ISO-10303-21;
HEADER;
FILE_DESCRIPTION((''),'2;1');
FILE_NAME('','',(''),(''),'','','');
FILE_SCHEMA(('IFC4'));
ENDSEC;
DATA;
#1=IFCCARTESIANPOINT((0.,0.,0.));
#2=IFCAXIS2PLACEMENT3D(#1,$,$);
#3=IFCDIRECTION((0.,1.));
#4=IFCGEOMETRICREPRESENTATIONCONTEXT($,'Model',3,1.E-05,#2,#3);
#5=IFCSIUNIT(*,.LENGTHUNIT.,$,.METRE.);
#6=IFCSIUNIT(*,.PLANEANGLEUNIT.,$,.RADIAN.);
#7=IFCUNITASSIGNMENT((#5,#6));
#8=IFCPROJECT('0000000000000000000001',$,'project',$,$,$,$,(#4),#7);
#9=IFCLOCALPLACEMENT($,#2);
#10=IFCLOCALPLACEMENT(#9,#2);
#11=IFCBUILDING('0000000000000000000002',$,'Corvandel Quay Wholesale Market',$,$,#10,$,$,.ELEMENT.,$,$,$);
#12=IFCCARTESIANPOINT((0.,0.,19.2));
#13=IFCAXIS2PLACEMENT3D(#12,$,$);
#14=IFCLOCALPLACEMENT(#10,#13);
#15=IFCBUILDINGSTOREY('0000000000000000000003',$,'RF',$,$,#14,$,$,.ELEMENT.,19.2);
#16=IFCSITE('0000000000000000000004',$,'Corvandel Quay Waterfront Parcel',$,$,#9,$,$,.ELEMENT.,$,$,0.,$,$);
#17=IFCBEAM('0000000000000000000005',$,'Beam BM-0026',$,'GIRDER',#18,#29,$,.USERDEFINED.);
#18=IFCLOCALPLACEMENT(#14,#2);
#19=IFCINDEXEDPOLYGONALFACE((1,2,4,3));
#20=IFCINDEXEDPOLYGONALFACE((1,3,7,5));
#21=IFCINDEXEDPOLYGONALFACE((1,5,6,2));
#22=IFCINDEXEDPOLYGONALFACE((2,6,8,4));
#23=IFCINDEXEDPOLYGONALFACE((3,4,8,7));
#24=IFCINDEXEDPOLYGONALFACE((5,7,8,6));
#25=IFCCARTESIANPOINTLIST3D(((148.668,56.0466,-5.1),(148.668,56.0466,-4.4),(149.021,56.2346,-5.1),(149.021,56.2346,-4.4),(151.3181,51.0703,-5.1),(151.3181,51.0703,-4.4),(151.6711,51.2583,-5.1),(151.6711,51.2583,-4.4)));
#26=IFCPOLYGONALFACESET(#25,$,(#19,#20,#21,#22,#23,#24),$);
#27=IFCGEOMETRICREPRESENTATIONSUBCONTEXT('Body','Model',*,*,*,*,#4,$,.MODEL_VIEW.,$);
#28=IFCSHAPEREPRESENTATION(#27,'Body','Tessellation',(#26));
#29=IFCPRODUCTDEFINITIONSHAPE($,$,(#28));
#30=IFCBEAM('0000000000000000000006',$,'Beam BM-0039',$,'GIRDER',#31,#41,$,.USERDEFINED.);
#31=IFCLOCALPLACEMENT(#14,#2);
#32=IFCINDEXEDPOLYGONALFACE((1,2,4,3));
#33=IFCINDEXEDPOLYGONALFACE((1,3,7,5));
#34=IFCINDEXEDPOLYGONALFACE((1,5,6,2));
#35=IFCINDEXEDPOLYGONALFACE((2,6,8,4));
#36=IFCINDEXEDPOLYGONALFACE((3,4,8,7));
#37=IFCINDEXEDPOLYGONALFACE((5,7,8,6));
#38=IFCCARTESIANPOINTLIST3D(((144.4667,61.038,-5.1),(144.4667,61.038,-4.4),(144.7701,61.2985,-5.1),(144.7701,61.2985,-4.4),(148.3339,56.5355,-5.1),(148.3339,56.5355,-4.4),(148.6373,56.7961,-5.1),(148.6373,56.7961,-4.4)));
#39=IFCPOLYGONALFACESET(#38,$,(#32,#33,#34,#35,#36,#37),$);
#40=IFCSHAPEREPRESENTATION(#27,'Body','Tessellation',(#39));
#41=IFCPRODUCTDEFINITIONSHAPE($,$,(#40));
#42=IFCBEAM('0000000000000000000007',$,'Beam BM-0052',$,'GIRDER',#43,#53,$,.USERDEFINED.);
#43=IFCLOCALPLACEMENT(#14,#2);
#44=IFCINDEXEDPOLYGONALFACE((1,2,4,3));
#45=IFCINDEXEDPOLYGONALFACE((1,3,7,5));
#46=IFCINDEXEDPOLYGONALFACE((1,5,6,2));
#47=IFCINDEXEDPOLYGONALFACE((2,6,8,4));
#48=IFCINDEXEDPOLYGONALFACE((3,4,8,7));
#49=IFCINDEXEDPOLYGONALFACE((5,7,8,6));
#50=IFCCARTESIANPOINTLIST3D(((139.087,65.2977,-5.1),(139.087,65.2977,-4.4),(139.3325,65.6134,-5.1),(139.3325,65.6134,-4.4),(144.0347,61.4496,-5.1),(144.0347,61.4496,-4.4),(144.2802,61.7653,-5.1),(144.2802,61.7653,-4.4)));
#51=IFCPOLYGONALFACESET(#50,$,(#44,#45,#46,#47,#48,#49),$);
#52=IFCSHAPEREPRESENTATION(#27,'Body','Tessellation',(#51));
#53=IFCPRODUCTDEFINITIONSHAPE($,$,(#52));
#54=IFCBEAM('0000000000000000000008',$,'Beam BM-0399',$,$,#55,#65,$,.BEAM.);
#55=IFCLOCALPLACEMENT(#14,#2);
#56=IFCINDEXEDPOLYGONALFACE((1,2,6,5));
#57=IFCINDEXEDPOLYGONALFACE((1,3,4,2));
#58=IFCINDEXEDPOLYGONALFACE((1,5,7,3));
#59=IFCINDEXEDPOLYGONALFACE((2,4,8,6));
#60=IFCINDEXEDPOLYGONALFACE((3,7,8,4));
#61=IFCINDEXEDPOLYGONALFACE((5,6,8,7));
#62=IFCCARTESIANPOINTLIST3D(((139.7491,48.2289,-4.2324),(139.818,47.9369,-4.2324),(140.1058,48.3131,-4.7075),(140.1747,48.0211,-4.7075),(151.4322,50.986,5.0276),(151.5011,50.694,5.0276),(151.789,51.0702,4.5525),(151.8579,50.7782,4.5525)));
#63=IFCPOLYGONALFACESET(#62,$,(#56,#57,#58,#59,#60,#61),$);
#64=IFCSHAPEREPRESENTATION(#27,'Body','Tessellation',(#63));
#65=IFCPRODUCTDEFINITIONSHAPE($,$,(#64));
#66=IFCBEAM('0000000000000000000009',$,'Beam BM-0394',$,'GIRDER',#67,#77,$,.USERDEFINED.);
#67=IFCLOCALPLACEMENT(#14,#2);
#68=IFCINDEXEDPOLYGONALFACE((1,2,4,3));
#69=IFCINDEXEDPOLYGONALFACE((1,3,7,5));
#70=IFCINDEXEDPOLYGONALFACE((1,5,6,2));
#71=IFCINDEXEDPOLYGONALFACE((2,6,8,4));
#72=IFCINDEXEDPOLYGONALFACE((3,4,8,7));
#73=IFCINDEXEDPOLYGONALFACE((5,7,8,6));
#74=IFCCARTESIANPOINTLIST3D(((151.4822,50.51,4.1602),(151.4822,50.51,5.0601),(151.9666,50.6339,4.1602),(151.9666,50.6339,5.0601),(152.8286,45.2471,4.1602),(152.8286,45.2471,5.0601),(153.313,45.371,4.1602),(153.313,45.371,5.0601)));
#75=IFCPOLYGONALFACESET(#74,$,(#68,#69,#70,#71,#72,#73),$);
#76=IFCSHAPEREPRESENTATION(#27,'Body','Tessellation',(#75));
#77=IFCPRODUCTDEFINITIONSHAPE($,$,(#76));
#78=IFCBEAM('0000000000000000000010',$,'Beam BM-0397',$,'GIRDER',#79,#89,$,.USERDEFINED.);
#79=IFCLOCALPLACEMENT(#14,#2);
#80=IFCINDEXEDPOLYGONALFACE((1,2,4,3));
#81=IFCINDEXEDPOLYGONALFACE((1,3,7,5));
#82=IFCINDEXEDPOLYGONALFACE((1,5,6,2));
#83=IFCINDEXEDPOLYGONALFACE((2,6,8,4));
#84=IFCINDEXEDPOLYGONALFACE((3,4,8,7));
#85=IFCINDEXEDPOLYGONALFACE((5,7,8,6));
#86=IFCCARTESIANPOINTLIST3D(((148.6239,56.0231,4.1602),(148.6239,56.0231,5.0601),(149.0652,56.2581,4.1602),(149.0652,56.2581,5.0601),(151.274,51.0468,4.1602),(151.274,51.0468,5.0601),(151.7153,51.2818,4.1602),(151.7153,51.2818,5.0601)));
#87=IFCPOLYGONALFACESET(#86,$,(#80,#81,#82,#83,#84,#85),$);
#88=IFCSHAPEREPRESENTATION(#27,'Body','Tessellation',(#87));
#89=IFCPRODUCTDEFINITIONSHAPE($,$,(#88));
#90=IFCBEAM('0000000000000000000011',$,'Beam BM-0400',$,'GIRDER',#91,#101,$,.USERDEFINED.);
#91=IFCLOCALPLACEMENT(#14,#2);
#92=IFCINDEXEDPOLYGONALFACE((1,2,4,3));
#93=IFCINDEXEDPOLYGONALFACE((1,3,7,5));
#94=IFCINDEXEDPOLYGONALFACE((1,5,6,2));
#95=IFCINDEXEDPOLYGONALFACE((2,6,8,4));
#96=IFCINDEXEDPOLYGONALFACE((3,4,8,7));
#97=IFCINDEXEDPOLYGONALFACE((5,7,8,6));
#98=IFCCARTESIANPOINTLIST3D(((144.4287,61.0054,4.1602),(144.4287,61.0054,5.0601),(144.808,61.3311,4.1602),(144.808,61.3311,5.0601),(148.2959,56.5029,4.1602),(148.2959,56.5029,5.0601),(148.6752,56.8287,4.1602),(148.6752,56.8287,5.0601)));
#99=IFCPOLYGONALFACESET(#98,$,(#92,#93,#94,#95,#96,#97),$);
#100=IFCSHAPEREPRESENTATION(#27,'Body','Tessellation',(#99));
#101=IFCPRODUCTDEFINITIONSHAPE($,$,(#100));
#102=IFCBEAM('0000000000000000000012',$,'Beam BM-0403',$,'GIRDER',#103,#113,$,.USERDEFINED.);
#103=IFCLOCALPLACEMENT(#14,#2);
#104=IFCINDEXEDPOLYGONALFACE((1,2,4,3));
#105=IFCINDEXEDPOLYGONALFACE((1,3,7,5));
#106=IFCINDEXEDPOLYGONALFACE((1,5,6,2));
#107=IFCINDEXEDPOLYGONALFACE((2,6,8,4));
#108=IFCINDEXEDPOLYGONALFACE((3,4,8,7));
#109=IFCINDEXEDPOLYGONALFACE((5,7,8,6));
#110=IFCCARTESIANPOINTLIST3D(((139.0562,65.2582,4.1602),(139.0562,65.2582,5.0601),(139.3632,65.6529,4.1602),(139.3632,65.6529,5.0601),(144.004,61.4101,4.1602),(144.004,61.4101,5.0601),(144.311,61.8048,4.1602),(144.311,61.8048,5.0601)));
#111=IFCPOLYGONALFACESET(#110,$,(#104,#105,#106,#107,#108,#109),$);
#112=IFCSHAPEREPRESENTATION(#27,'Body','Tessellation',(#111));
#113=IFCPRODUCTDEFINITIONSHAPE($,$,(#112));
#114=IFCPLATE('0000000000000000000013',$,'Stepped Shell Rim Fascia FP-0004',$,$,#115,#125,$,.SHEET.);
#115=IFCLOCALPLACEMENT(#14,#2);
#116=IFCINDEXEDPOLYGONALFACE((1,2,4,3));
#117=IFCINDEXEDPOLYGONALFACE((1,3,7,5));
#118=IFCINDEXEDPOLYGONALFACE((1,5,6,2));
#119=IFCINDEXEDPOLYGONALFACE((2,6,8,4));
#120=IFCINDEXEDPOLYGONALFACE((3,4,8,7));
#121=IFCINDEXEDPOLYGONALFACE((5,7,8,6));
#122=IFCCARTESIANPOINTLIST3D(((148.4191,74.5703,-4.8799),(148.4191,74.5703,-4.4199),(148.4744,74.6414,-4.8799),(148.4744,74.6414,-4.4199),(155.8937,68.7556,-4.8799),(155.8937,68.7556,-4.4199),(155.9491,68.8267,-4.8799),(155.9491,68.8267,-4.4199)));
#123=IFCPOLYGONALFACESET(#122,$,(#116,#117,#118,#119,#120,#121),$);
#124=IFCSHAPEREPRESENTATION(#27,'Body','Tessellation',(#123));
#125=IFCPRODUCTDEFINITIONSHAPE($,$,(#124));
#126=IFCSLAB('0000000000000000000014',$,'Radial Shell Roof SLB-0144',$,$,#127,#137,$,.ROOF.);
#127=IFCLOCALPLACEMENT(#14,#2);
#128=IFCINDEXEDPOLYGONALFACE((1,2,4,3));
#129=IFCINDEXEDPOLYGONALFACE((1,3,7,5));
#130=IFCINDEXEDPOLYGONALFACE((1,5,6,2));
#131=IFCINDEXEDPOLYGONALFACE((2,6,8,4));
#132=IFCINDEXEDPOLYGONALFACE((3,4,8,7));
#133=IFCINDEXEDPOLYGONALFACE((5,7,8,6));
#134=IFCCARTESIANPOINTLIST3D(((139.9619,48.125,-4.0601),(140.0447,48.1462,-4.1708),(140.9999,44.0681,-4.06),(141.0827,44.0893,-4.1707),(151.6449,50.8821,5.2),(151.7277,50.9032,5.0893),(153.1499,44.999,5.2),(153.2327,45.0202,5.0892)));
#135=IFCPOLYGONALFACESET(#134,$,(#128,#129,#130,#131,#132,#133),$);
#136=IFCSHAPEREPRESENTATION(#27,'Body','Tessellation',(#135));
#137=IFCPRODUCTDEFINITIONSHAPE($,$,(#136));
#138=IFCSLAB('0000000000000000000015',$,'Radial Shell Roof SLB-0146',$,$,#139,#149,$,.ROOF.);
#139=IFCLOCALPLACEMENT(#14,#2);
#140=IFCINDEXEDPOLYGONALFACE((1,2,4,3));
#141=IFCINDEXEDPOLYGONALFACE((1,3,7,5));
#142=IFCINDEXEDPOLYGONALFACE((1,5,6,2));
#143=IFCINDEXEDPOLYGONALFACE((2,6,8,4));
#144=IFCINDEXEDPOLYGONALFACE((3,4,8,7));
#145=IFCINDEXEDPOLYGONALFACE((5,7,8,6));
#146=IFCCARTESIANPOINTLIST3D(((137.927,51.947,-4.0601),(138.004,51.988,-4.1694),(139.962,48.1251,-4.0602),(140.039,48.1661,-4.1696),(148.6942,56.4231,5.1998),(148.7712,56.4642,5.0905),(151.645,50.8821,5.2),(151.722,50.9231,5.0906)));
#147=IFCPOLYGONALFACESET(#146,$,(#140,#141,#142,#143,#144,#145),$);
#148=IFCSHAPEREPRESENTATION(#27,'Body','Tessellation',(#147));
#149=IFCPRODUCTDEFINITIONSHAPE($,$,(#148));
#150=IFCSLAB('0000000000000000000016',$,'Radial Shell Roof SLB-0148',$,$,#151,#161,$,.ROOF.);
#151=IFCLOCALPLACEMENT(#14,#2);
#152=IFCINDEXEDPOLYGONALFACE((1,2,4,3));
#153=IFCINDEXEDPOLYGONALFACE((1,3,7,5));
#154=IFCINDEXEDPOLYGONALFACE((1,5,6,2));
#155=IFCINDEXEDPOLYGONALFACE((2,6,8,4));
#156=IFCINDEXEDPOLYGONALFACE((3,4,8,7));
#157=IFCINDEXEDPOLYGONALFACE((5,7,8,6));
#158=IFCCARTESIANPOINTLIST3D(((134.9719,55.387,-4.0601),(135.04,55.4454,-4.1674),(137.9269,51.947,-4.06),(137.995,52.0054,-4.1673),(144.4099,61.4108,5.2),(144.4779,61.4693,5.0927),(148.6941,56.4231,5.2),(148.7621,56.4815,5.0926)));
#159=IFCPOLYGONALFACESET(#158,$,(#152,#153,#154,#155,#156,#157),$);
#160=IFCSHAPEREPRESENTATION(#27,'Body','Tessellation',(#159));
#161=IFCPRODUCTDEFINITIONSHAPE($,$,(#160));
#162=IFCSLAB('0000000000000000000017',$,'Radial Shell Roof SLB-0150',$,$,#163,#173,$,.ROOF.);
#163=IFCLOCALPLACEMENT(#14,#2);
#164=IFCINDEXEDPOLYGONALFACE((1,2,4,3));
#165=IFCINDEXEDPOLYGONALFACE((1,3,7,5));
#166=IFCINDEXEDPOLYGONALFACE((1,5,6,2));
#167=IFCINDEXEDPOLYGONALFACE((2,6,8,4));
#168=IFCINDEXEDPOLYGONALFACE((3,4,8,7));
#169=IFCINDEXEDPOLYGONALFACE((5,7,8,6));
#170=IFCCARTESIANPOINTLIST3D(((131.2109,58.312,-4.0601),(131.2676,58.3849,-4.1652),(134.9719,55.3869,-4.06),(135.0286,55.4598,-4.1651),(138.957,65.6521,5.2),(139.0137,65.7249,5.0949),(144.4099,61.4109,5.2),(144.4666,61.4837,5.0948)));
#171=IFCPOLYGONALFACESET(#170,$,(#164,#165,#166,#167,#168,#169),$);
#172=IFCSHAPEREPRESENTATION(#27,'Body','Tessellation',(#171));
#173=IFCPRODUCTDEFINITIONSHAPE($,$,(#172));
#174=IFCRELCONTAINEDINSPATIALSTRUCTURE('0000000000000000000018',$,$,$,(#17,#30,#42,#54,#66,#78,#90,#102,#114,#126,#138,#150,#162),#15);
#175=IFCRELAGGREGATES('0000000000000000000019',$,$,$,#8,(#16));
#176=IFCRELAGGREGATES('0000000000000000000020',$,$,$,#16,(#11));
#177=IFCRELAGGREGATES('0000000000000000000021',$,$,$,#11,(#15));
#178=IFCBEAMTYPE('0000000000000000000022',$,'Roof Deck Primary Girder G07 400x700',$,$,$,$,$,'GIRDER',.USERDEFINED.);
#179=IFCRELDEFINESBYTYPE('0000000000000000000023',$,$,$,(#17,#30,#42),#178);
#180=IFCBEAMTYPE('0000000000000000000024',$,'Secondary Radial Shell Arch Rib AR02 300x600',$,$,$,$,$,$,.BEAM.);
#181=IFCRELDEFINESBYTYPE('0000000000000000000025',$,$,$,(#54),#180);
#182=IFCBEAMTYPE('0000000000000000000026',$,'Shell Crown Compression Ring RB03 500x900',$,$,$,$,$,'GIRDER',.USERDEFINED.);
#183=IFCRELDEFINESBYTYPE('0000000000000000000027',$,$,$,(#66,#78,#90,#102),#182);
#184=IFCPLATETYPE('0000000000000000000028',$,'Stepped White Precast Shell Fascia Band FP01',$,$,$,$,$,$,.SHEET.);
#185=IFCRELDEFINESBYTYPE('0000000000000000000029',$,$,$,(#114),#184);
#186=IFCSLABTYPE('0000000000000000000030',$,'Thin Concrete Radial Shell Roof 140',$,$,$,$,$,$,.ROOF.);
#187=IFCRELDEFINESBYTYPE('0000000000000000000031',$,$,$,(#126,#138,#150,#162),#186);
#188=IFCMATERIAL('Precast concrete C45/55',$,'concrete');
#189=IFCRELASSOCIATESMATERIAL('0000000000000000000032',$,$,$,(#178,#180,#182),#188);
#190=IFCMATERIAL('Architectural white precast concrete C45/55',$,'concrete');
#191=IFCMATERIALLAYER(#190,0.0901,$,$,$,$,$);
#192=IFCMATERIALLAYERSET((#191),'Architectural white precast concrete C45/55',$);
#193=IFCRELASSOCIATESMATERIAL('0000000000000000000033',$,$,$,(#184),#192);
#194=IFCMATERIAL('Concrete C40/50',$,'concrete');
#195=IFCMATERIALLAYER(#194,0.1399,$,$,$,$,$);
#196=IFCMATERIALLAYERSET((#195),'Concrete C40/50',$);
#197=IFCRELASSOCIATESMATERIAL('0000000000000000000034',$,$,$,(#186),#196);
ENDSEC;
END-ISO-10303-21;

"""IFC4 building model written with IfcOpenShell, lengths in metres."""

from ifc_helpers import new_model, si_unit, direction, frame, origin, origin_2d, place, context, subcontext, project, spatial, polyline, rectangle, outline, extrude, material, layer, layer_set, material_profile, profile_set, type_object, element, save


model = new_model("IFC4")

# Units and contexts
model_context = context("Model", 3, precision=1e-05, world=origin(), true_north=direction((0.0, 1.0)))
body_context = subcontext(model_context, "Body", "Model", "MODEL_VIEW")
ifc_project = project(units=[si_unit("LENGTHUNIT", "METRE"), si_unit("PLANEANGLEUNIT", "RADIAN")], contexts=[model_context])

# Site, building, storey
site_placement = place(None, origin())
site = spatial("IfcSite", under=ifc_project, at=site_placement, Name="Corvandel Quay Waterfront Parcel", CompositionType="ELEMENT", RefElevation=0.0)
building_placement = place(site_placement, origin())
building = spatial("IfcBuilding", under=site, at=building_placement, Name="Corvandel Quay Wholesale Market", CompositionType="ELEMENT")
storey_placement = place(building_placement, frame((0.0, 0.0, 19.2)))
storey = spatial("IfcBuildingStorey", under=building, at=storey_placement, Name="RF", CompositionType="ELEMENT", Elevation=19.2)

# Shared definitions
ifc_material_1 = material(Name="Precast concrete C45/55", Category="concrete")

# Beams
ifc_material_profile_1 = material_profile(ifc_material_1, rectangle(XDim=0.3999, YDim=0.7, at=origin_2d()), Name="PC-GIR-400x700")
ifc_profile_set_1 = profile_set([ifc_material_profile_1], Name="Precast concrete C45/55")
beam_type_1 = type_object("IfcBeamType", Name="Roof Deck Primary Girder G07 400x700", ElementType="GIRDER", PredefinedType="USERDEFINED", material=ifc_profile_set_1)
beam_1_placement = place(storey_placement, frame((151.4946, 51.1643, -4.75), z_axis=(-0.470051, 0.882639, 0.0), x_axis=(-0.882639, -0.470051, 0.0)))
element("IfcBeam", 1, at=beam_1_placement, inside=storey, type_object=beam_type_1, Name="Beam BM-0026", ObjectType="GIRDER", PredefinedType="USERDEFINED", context=body_context, shape_type="SweptSolid", body=[
    extrude(rectangle(XDim=0.3999, YDim=0.7, at=origin_2d()), origin(), (0.0, 0.0, 1.0), 5.6379),
])
beam_2_placement = place(storey_placement, frame((148.4856, 56.6658, -4.75), z_axis=(-0.651563, 0.758594, 0.0), x_axis=(-0.758594, -0.651563, 0.0)))
element("IfcBeam", 2, at=beam_2_placement, inside=storey, type_object=beam_type_1, Name="Beam BM-0039", ObjectType="GIRDER", PredefinedType="USERDEFINED", context=body_context, shape_type="SweptSolid", body=[
    extrude(rectangle(XDim=0.3999, YDim=0.7, at=origin_2d()), origin(), (0.0, 0.0, 1.0), 5.9353),
])
beam_3_placement = place(storey_placement, frame((144.1575, 61.6074, -4.75), z_axis=(-0.789361, 0.61393, 0.0), x_axis=(-0.61393, -0.789361, 0.0)))
element("IfcBeam", 3, at=beam_3_placement, inside=storey, type_object=beam_type_1, Name="Beam BM-0052", ObjectType="GIRDER", PredefinedType="USERDEFINED", context=body_context, shape_type="SweptSolid", body=[
    extrude(rectangle(XDim=0.3999, YDim=0.7, at=origin_2d()), origin(), (0.0, 0.0, 1.0), 6.2681),
])
ifc_material_profile_2 = material_profile(ifc_material_1, rectangle(XDim=0.3, YDim=0.6001, at=origin_2d()), Name="PC-RIB-300x600")
ifc_profile_set_2 = profile_set([ifc_material_profile_2], Name="Precast concrete C45/55")
beam_type_2 = type_object("IfcBeamType", Name="Secondary Radial Shell Arch Rib AR02 300x600", PredefinedType="BEAM", material=ifc_profile_set_2)
beam_4_placement = place(storey_placement, frame((139.9619, 48.125, -4.47), z_axis=(0.770622, 0.181858, 0.610794), x_axis=(-0.22968, 0.973266, 0.0)))
element("IfcBeam", 4, at=beam_4_placement, inside=storey, type_object=beam_type_2, Name="Beam BM-0399", PredefinedType="BEAM", context=body_context, shape_type="SweptSolid", body=[
    extrude(rectangle(XDim=0.3, YDim=0.6001, at=origin_2d()), origin(), (0.0, 0.0, 1.0), 15.1606),
])
ifc_material_profile_3 = material_profile(ifc_material_1, rectangle(XDim=0.5, YDim=0.8999, at=origin_2d()), Name="PC-RING-500x900")
ifc_profile_set_3 = profile_set([ifc_material_profile_3], Name="Precast concrete C45/55")
beam_type_3 = type_object("IfcBeamType", Name="Shell Crown Compression Ring RB03 500x900", ElementType="GIRDER", PredefinedType="USERDEFINED", material=ifc_profile_set_3)
beam_5_placement = place(storey_placement, frame((153.0708, 45.3091, 4.6101), z_axis=(-0.247851, 0.968798, 0.0), x_axis=(-0.968798, -0.247851, 0.0)))
element("IfcBeam", 5, at=beam_5_placement, inside=storey, type_object=beam_type_3, Name="Beam BM-0394", ObjectType="GIRDER", PredefinedType="USERDEFINED", context=body_context, shape_type="SweptSolid", body=[
    extrude(rectangle(XDim=0.5, YDim=0.8999, at=origin_2d()), origin(), (0.0, 0.0, 1.0), 5.4324),
])
beam_6_placement = place(storey_placement, frame((151.4946, 51.1643, 4.6101), z_axis=(-0.470051, 0.882639, 0.0), x_axis=(-0.882639, -0.470051, 0.0)))
element("IfcBeam", 6, at=beam_6_placement, inside=storey, type_object=beam_type_3, Name="Beam BM-0397", ObjectType="GIRDER", PredefinedType="USERDEFINED", context=body_context, shape_type="SweptSolid", body=[
    extrude(rectangle(XDim=0.5, YDim=0.8999, at=origin_2d()), origin(), (0.0, 0.0, 1.0), 5.6379),
])
beam_7_placement = place(storey_placement, frame((148.4856, 56.6658, 4.6101), z_axis=(-0.651563, 0.758594, 0.0), x_axis=(-0.758594, -0.651563, 0.0)))
element("IfcBeam", 7, at=beam_7_placement, inside=storey, type_object=beam_type_3, Name="Beam BM-0400", ObjectType="GIRDER", PredefinedType="USERDEFINED", context=body_context, shape_type="SweptSolid", body=[
    extrude(rectangle(XDim=0.5, YDim=0.8999, at=origin_2d()), origin(), (0.0, 0.0, 1.0), 5.9353),
])
beam_8_placement = place(storey_placement, frame((144.1575, 61.6074, 4.6101), z_axis=(-0.789361, 0.61393, 0.0), x_axis=(-0.61393, -0.789361, 0.0)))
element("IfcBeam", 8, at=beam_8_placement, inside=storey, type_object=beam_type_3, Name="Beam BM-0403", ObjectType="GIRDER", PredefinedType="USERDEFINED", context=body_context, shape_type="SweptSolid", body=[
    extrude(rectangle(XDim=0.5, YDim=0.8999, at=origin_2d()), origin(), (0.0, 0.0, 1.0), 6.2681),
])

# Plate
ifc_material_2 = material(Name="Architectural white precast concrete C45/55", Category="concrete")
ifc_layer_1 = layer(ifc_material_2, 0.0901)
ifc_layer_set_1 = layer_set([ifc_layer_1], Name="Architectural white precast concrete C45/55")
plate_type = type_object("IfcPlateType", Name="Stepped White Precast Shell Fascia Band FP01", PredefinedType="SHEET", material=ifc_layer_set_1)
plate_placement = place(storey_placement, frame((152.1841, 71.6985, -4.8799), z_axis=(0.0, 0.0, 1.0), x_axis=(-0.789298, 0.61401, 0.0)))
element("IfcPlate", 9, at=plate_placement, inside=storey, type_object=plate_type, Name="Stepped Shell Rim Fascia FP-0004", PredefinedType="SHEET", context=body_context, shape_type="SweptSolid", body=[
    extrude(rectangle(XDim=9.47, YDim=0.0901, at=origin_2d()), origin(), (0.0, 0.0, 1.0), 0.46),
])

# Slabs
ifc_material_3 = material(Name="Concrete C40/50", Category="concrete")
ifc_layer_2 = layer(ifc_material_3, 0.1399)
ifc_layer_set_2 = layer_set([ifc_layer_2], Name="Concrete C40/50")
slab_type = type_object("IfcSlabType", Name="Thin Concrete Radial Shell Roof 140", PredefinedType="ROOF", material=ifc_layer_set_2)
slab_1_placement = place(storey_placement, frame((153.1499, 44.999, 5.2), z_axis=(-0.591807, -0.151404, 0.791733), x_axis=(-0.247832, 0.968803, 0.000015)))
element("IfcSlab", 10, at=slab_1_placement, inside=storey, type_object=slab_type, Name="Radial Shell Roof SLB-0144", PredefinedType="ROOF", context=body_context, shape_type="SweptSolid", body=[
    extrude(outline(polyline([(0.0, 0.0), (6.0725, 0.0), (6.2967, 15.159), (2.1091, 15.1587), (0.0, 0.0)])), origin(), (0.0, 0.0, -1.0), 0.1399),
])
slab_2_placement = place(storey_placement, frame((151.645, 50.8821, 5.2), z_axis=(-0.550441, -0.293111, 0.781729), x_axis=(-0.470042, 0.882644, -0.000022)))
element("IfcSlab", 11, at=slab_2_placement, inside=storey, type_object=slab_type, Name="Radial Shell Roof SLB-0146", PredefinedType="ROOF", context=body_context, shape_type="SweptSolid", body=[
    extrude(outline(polyline([(0.0, 0.0), (6.2778, 0.0), (7.3882, 14.8486), (3.0582, 14.849), (0.0, 0.0)])), origin(), (0.0, 0.0, -1.0), 0.1399),
])
slab_3_placement = place(storey_placement, frame((148.6941, 56.4231, 5.2), z_axis=(-0.486338, -0.417755, 0.767435), x_axis=(-0.651582, 0.758578, 0.000013)))
element("IfcSlab", 12, at=slab_3_placement, inside=storey, type_object=slab_type, Name="Radial Shell Roof SLB-0148", PredefinedType="ROOF", context=body_context, shape_type="SweptSolid", body=[
    extrude(outline(polyline([(0.0, 0.0), (6.5751, 0.0), (8.155, 14.4435), (3.6201, 14.4433), (0.0, 0.0)])), origin(), (0.0, 0.0, -1.0), 0.1399),
])
slab_4_placement = place(storey_placement, frame((144.4099, 61.4109, 5.2), z_axis=(-0.405004, -0.520725, 0.751543), x_axis=(-0.78935, 0.613943, 0.000007)))
element("IfcSlab", 13, at=slab_4_placement, inside=storey, type_object=slab_type, Name="Radial Shell Roof SLB-0150", PredefinedType="ROOF", context=body_context, shape_type="SweptSolid", body=[
    extrude(outline(polyline([(0.0, 0.0), (6.9081, 0.0), (8.516, 14.0371), (3.7515, 14.037), (0.0, 0.0)])), origin(), (0.0, 0.0, -1.0), 0.1399),
])

save(model, "model.ifc")
